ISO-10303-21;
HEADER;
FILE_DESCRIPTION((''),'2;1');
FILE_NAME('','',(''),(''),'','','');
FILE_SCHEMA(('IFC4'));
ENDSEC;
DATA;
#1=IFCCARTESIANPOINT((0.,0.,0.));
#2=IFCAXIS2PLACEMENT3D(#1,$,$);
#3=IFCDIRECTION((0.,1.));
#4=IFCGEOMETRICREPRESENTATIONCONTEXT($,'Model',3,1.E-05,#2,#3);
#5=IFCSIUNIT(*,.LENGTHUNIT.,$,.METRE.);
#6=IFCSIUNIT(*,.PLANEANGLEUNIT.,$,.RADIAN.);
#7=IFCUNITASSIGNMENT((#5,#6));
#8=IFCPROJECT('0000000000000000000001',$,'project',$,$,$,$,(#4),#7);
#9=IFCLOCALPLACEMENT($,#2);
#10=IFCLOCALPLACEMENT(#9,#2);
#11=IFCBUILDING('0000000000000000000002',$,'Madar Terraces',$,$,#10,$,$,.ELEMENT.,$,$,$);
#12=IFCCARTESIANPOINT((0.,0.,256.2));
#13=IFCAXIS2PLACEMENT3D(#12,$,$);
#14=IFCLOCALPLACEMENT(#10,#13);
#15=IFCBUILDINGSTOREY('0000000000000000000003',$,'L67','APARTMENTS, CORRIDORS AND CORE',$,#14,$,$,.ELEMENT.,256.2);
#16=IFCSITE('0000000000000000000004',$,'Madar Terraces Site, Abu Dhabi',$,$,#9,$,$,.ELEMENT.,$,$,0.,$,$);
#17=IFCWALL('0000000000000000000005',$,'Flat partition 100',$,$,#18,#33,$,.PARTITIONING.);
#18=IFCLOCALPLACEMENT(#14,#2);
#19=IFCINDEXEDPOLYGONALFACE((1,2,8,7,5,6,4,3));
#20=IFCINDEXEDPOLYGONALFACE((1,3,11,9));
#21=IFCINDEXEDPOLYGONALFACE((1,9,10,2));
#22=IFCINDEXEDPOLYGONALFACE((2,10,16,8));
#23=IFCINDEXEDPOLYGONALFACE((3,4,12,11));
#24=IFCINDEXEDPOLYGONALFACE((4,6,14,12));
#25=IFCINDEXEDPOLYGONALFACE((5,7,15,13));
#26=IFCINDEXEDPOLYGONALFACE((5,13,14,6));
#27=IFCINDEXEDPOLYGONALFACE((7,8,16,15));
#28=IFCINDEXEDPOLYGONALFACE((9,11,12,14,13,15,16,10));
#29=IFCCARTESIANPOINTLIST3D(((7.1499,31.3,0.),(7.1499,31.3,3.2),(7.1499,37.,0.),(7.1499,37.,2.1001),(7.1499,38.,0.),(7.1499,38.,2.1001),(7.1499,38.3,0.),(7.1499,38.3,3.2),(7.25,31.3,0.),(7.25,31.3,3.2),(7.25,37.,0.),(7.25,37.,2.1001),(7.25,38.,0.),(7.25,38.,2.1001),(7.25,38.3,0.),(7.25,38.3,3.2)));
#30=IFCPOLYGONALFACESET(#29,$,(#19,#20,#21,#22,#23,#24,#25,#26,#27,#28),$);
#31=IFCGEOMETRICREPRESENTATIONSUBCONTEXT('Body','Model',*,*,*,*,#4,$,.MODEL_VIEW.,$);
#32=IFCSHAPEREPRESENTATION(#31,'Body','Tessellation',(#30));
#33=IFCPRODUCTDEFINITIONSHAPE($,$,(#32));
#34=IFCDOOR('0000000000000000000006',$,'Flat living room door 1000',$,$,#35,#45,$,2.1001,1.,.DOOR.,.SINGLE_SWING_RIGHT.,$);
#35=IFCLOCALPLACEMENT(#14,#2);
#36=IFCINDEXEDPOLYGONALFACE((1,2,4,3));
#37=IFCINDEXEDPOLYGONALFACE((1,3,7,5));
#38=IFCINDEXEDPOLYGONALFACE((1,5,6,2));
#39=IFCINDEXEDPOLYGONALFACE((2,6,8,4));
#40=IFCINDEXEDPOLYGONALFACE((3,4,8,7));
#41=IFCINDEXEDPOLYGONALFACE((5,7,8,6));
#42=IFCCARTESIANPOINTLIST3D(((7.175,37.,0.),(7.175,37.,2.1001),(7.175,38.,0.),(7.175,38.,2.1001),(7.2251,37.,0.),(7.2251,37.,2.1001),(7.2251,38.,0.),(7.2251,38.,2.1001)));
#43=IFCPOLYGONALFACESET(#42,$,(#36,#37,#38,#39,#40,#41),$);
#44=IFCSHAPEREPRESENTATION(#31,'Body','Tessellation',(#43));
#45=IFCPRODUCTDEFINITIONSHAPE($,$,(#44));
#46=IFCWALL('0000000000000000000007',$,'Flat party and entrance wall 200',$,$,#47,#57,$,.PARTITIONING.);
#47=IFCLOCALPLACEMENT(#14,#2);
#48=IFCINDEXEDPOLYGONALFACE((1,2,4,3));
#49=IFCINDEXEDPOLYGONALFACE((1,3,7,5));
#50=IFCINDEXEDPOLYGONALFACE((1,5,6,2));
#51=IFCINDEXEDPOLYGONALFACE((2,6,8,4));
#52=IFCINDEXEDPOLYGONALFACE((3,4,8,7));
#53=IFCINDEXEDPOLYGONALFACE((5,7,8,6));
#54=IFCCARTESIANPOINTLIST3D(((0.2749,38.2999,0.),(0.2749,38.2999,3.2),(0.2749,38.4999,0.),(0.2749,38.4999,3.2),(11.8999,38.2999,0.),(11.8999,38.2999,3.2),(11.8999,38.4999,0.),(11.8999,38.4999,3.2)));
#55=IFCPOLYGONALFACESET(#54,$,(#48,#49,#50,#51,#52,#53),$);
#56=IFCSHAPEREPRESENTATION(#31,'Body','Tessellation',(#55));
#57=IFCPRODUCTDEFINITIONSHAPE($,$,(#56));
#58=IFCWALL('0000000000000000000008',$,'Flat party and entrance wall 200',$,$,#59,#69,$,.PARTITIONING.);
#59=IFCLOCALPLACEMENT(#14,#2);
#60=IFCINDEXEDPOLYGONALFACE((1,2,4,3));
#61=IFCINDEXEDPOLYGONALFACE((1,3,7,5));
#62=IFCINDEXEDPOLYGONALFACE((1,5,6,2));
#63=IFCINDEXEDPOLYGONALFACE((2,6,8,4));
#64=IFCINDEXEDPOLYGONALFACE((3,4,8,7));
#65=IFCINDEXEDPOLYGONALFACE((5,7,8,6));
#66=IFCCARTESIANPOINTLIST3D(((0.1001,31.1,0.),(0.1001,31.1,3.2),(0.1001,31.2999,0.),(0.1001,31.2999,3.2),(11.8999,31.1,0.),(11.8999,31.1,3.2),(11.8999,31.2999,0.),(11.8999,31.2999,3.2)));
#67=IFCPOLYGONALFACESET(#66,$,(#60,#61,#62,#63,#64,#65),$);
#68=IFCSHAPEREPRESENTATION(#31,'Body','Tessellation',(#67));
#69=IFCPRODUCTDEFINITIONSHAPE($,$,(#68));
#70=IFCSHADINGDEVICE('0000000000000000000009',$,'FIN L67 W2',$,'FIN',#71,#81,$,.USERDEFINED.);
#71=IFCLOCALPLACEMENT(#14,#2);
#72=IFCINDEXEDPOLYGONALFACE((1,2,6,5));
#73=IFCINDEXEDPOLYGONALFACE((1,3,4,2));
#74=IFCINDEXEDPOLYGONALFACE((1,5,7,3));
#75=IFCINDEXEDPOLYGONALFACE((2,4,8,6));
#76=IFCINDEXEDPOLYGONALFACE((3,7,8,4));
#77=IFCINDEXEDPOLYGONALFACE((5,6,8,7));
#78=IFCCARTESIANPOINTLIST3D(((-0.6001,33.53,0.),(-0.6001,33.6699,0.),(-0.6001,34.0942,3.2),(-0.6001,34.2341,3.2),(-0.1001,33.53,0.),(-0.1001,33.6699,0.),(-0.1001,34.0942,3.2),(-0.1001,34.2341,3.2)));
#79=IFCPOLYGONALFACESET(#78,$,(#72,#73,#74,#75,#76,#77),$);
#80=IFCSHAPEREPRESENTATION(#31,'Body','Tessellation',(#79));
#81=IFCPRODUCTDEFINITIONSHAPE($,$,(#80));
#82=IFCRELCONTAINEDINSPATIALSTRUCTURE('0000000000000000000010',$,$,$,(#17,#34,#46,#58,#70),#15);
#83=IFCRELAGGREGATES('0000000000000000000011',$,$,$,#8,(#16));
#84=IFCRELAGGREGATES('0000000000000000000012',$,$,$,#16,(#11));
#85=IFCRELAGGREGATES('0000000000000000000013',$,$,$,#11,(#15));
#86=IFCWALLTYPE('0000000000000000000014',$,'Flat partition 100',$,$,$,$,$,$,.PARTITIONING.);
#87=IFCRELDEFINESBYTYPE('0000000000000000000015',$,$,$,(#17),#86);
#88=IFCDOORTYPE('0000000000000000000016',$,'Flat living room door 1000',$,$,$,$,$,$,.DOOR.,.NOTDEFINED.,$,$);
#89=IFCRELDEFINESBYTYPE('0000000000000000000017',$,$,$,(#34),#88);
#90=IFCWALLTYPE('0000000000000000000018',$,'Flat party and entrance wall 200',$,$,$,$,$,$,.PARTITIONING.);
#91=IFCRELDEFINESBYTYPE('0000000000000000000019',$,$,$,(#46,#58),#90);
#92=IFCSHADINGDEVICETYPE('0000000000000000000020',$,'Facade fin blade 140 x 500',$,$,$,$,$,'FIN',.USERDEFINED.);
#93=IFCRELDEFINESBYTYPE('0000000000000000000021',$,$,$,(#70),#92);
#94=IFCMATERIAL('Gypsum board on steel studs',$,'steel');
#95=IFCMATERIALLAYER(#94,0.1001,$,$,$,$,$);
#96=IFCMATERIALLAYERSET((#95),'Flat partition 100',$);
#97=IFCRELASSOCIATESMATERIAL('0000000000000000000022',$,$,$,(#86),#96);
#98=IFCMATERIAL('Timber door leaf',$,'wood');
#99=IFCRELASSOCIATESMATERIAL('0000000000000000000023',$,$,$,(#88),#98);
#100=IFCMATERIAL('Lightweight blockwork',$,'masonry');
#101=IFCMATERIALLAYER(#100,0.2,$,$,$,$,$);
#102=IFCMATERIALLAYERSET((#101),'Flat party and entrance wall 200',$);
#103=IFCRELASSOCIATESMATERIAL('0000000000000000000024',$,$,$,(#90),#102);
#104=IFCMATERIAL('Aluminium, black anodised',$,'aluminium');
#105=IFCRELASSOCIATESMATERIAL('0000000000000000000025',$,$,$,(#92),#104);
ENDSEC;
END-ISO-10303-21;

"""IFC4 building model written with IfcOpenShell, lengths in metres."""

from ifc_helpers import new_model, si_unit, direction, frame, frame_2d, origin, place, context, subcontext, project, spatial, polyline, rectangle, outline, extrude, material, layer, layer_set, type_object, element, fill, save


model = new_model("IFC4")

# Units and contexts
model_context = context("Model", 3, precision=1e-05, world=origin(), true_north=direction((0.0, 1.0)))
body_context = subcontext(model_context, "Body", "Model", "MODEL_VIEW")
ifc_project = project(units=[si_unit("LENGTHUNIT", "METRE"), si_unit("PLANEANGLEUNIT", "RADIAN")], contexts=[model_context])

# Site, building, storey
site_placement = place(None, origin())
site = spatial("IfcSite", under=ifc_project, at=site_placement, Name="Madar Terraces Site, Abu Dhabi", CompositionType="ELEMENT", RefElevation=0.0)
building_placement = place(site_placement, origin())
building = spatial("IfcBuilding", under=site, at=building_placement, Name="Madar Terraces", CompositionType="ELEMENT")
storey_placement = place(building_placement, frame((0.0, 0.0, 256.2)))
storey = spatial("IfcBuildingStorey", under=building, at=storey_placement, Name="L67", Description="APARTMENTS, CORRIDORS AND CORE", CompositionType="ELEMENT", Elevation=256.2)

# Shared definitions
ifc_material_1 = material(Name="Gypsum board on steel studs", Category="steel")
ifc_layer_1 = layer(ifc_material_1, 0.1001)
ifc_layer_set_1 = layer_set([ifc_layer_1], Name="Flat partition 100")
wall_type_1 = type_object("IfcWallType", Name="Flat partition 100", PredefinedType="PARTITIONING", material=ifc_layer_set_1)
ifc_material_2 = material(Name="Timber door leaf", Category="wood")
door_type_1 = type_object("IfcDoorType", Name="Flat living room door 1000", OperationType="NOTDEFINED", PredefinedType="DOOR", material=ifc_material_2)

# Wall, opening, door
wall_1_placement = place(storey_placement, frame((7.2, 31.3, 0.0), z_axis=(0.0, 0.0, 1.0), x_axis=(0.0, 1.0, 0.0)))
wall_1 = element("IfcWall", 1, at=wall_1_placement, inside=storey, type_object=wall_type_1, Name="Flat partition 100", PredefinedType="PARTITIONING", context=body_context, shape_type="SweptSolid", body=[
    extrude(rectangle(XDim=7.0, YDim=0.1001, at=frame_2d((3.5, 0.0))), origin(), (0.0, 0.0, 1.0), 3.2),
])
opening_1_placement = place(wall_1_placement, frame((5.7, 0.0, 0.0)))
opening_1 = element("IfcOpeningElement", 2, at=opening_1_placement, cuts=wall_1, PredefinedType="OPENING", context=body_context, shape_type="SweptSolid", body=[
    extrude(rectangle(XDim=1.0, YDim=2.1001, at=frame_2d((0.5, 1.05))), frame((0.0, 0.0601, 0.0), z_axis=(0.0, -1.0, 0.0), x_axis=(1.0, 0.0, 0.0)), (0.0, 0.0, 1.0), 0.1201),
])
door_1_placement = place(opening_1_placement, origin())
door_1 = element("IfcDoor", 3, at=door_1_placement, inside=storey, type_object=door_type_1, Name="Flat living room door 1000", OperationType="SINGLE_SWING_RIGHT", OverallHeight=2.1001, OverallWidth=1.0, PredefinedType="DOOR", context=body_context, shape_type="SweptSolid", body=[
    extrude(rectangle(XDim=1.0, YDim=2.1001, at=frame_2d((0.5, 1.05))), frame((0.0, 0.0249, 0.0), z_axis=(0.0, -1.0, 0.0), x_axis=(1.0, 0.0, 0.0)), (0.0, 0.0, 1.0), 0.05),
])
fill(opening_1, door_1)

# Walls
ifc_material_3 = material(Name="Lightweight blockwork", Category="masonry")
ifc_layer_2 = layer(ifc_material_3, 0.2)
ifc_layer_set_2 = layer_set([ifc_layer_2], Name="Flat party and entrance wall 200")
wall_type_2 = type_object("IfcWallType", Name="Flat party and entrance wall 200", PredefinedType="PARTITIONING", material=ifc_layer_set_2)
wall_2_placement = place(storey_placement, frame((0.2749, 38.3999, 0.0), z_axis=(0.0, 0.0, 1.0), x_axis=(1.0, 0.0, 0.0)))
element("IfcWall", 4, at=wall_2_placement, inside=storey, type_object=wall_type_2, Name="Flat party and entrance wall 200", PredefinedType="PARTITIONING", context=body_context, shape_type="SweptSolid", body=[
    extrude(rectangle(XDim=11.625, YDim=0.2, at=frame_2d((5.8125, 0.0))), origin(), (0.0, 0.0, 1.0), 3.2),
])
wall_3_placement = place(storey_placement, frame((0.1001, 31.2, 0.0), z_axis=(0.0, 0.0, 1.0), x_axis=(1.0, 0.0, 0.0)))
element("IfcWall", 5, at=wall_3_placement, inside=storey, type_object=wall_type_2, Name="Flat party and entrance wall 200", PredefinedType="PARTITIONING", context=body_context, shape_type="SweptSolid", body=[
    extrude(rectangle(XDim=11.7998, YDim=0.2, at=frame_2d((5.8999, 0.0))), origin(), (0.0, 0.0, 1.0), 3.2),
])

# Shading device
ifc_material_4 = material(Name="Aluminium, black anodised", Category="aluminium")
shading_device_type = type_object("IfcShadingDeviceType", Name="Facade fin blade 140 x 500", ElementType="FIN", PredefinedType="USERDEFINED", material=ifc_material_4)
shading_device_placement = place(storey_placement, frame((-0.3501, 33.6699, 0.0), z_axis=(0.0, 0.0, 1.0), x_axis=(0.0, -1.0, 0.0)))
element("IfcShadingDevice", 6, at=shading_device_placement, inside=storey, type_object=shading_device_type, Name="FIN L67 W2", ObjectType="FIN", PredefinedType="USERDEFINED", context=body_context, shape_type="SweptSolid", body=[
    extrude(outline(polyline([(0.0, 0.0), (0.1399, 0.0), (-0.4243, 3.2), (-0.5642, 3.2), (0.0, 0.0)])), frame((0.0, 0.25, 0.0), z_axis=(0.0, -1.0, 0.0), x_axis=(1.0, 0.0, 0.0)), (0.0, 0.0, 1.0), 0.5),
])

save(model, "model.ifc")
